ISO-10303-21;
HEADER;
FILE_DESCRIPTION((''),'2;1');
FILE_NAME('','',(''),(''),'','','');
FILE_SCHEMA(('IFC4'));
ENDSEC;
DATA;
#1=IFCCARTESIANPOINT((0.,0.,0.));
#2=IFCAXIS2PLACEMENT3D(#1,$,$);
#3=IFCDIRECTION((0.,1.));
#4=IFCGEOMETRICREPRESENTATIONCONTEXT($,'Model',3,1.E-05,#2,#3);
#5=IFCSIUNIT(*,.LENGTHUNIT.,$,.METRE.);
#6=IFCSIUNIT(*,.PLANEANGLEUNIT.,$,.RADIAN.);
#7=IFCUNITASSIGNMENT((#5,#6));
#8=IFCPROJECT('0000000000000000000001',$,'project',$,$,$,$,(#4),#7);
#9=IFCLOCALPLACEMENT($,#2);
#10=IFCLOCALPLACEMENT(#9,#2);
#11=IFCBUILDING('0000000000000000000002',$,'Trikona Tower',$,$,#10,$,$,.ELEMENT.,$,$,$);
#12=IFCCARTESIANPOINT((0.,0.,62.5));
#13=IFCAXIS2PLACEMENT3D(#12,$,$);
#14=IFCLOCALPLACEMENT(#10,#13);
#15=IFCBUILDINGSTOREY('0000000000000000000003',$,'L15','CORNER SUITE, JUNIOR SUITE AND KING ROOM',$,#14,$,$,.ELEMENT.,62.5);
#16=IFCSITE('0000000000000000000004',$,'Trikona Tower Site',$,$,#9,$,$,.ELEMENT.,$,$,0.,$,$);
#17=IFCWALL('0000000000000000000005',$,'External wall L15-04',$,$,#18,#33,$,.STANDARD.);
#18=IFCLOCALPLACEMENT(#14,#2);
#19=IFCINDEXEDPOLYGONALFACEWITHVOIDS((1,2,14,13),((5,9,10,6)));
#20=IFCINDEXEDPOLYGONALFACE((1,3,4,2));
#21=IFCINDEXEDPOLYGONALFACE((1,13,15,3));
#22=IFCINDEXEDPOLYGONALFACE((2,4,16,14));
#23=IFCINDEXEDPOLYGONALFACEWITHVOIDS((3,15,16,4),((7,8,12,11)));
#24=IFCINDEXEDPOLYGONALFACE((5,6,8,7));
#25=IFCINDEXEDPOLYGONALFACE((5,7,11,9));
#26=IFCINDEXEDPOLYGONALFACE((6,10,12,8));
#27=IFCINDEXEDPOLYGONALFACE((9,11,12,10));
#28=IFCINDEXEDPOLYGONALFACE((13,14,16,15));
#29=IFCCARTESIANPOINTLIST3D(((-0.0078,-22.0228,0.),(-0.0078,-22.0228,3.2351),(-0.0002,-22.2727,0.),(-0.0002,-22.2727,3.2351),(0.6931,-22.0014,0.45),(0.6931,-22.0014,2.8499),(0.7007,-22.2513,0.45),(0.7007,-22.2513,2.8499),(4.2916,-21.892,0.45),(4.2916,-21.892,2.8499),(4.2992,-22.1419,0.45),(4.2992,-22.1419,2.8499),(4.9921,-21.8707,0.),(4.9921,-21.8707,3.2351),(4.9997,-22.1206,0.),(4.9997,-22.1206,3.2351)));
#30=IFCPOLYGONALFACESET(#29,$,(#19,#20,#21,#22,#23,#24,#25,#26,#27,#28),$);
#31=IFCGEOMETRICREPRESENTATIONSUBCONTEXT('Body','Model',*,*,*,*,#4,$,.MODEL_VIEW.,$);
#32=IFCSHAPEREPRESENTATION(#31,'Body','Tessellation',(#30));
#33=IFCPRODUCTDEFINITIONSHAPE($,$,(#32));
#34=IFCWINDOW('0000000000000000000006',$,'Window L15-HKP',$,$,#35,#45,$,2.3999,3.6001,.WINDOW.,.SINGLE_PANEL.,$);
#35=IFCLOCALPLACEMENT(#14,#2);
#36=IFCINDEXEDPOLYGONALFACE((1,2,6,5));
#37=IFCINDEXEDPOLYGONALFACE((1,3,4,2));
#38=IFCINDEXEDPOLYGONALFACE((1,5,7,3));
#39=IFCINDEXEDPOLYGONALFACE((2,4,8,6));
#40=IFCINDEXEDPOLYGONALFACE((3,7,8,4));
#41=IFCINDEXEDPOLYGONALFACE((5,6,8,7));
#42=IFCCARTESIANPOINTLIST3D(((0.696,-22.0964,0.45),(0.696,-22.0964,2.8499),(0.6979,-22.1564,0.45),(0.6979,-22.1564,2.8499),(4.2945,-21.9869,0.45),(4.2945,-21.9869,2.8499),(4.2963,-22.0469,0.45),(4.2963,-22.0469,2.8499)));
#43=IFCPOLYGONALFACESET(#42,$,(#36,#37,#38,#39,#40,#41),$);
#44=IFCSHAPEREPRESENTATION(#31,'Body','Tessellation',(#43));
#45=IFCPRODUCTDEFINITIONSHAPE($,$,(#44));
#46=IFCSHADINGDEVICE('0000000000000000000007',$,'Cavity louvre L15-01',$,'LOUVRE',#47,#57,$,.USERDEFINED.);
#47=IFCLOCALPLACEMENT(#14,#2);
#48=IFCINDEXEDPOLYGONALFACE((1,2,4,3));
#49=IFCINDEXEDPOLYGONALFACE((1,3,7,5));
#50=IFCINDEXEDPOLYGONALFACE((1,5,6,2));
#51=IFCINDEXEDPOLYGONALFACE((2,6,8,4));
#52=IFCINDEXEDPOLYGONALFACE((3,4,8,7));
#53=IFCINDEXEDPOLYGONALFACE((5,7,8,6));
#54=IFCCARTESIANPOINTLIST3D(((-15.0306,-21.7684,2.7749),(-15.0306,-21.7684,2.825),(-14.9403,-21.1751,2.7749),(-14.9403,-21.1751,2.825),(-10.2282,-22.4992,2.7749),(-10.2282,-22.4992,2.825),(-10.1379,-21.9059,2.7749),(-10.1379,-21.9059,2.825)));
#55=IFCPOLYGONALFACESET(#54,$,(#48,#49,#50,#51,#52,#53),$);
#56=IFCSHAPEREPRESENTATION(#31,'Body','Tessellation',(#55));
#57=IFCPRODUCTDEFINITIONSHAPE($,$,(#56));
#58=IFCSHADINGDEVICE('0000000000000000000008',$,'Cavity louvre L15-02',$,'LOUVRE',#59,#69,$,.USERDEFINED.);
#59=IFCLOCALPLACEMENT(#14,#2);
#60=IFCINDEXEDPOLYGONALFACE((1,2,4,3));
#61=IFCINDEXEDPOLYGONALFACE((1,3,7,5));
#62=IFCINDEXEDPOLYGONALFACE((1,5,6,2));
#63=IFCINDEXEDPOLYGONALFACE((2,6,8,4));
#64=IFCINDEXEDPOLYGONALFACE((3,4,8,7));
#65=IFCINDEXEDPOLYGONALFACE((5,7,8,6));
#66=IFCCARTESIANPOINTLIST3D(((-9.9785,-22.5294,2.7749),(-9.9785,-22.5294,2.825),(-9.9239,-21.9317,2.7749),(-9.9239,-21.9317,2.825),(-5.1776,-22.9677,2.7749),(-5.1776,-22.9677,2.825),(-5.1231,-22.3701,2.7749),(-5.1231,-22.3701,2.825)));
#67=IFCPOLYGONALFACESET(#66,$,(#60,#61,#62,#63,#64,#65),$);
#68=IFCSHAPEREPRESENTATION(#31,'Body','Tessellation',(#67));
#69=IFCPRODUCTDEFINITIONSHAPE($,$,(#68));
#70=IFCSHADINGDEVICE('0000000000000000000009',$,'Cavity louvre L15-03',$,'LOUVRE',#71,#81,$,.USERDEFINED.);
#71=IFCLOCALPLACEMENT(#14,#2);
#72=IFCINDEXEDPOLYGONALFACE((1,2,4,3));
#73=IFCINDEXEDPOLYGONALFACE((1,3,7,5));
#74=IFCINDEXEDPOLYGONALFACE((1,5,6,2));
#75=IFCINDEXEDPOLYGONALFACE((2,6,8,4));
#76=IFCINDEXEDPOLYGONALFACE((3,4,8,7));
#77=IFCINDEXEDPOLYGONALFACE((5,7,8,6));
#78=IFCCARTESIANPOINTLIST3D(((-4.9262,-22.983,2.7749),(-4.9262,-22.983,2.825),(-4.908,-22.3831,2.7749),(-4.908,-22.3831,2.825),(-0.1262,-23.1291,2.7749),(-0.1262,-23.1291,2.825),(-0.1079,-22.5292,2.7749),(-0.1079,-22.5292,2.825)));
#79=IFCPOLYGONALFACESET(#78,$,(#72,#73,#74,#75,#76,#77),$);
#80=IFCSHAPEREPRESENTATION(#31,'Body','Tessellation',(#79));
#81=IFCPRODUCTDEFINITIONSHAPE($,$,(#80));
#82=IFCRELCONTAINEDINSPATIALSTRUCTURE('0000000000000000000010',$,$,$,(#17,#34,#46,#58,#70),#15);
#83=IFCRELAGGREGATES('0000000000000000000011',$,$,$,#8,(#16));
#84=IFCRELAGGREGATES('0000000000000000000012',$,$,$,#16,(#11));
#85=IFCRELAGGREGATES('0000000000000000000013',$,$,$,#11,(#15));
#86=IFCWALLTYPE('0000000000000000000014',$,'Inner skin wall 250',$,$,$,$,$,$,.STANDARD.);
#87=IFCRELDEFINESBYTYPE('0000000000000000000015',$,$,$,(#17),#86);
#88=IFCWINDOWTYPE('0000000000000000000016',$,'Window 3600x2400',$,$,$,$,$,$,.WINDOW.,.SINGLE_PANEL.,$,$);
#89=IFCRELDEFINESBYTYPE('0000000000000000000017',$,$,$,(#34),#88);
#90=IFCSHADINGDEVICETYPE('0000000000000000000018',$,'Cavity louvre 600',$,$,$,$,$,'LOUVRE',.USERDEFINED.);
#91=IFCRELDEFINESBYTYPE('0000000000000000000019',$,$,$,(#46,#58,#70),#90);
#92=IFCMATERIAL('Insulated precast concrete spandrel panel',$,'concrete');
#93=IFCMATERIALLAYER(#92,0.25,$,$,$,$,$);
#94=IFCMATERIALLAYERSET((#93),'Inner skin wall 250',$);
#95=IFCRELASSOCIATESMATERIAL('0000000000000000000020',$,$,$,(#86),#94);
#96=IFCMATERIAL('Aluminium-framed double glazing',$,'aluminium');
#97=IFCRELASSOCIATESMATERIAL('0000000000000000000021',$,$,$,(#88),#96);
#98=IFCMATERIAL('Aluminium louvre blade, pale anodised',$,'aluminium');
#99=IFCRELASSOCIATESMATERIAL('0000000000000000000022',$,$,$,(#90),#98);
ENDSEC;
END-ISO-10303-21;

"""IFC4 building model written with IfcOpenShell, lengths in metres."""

from ifc_helpers import new_model, si_unit, direction, frame, frame_2d, origin, origin_2d, place, context, subcontext, project, spatial, rectangle, extrude, material, layer, layer_set, type_object, element, fill, save


model = new_model("IFC4")

# Units and contexts
model_context = context("Model", 3, precision=1e-05, world=origin(), true_north=direction((0.0, 1.0)))
body_context = subcontext(model_context, "Body", "Model", "MODEL_VIEW")
ifc_project = project(units=[si_unit("LENGTHUNIT", "METRE"), si_unit("PLANEANGLEUNIT", "RADIAN")], contexts=[model_context])

# Site, building, storey
site_placement = place(None, origin())
site = spatial("IfcSite", under=ifc_project, at=site_placement, Name="Trikona Tower Site", CompositionType="ELEMENT", RefElevation=0.0)
building_placement = place(site_placement, origin())
building = spatial("IfcBuilding", under=site, at=building_placement, Name="Trikona Tower", CompositionType="ELEMENT")
storey_placement = place(building_placement, frame((0.0, 0.0, 62.5)))
storey = spatial("IfcBuildingStorey", under=building, at=storey_placement, Name="L15", Description="CORNER SUITE, JUNIOR SUITE AND KING ROOM", CompositionType="ELEMENT", Elevation=62.5)

# Wall, opening, window
ifc_material_1 = material(Name="Insulated precast concrete spandrel panel", Category="concrete")
ifc_layer_1 = layer(ifc_material_1, 0.25)
ifc_layer_set_1 = layer_set([ifc_layer_1], Name="Inner skin wall 250")
wall_type_1 = type_object("IfcWallType", Name="Inner skin wall 250", PredefinedType="STANDARD", material=ifc_layer_set_1)
ifc_material_2 = material(Name="Aluminium-framed double glazing", Category="aluminium")
window_type = type_object("IfcWindowType", Name="Window 3600x2400", PartitioningType="SINGLE_PANEL", PredefinedType="WINDOW", material=ifc_material_2)
wall_1_placement = place(storey_placement, frame((-0.0039, -22.1477, 0.0), z_axis=(0.0, 0.0, 1.0), x_axis=(0.999538, 0.030406, 0.0)))
wall_1 = element("IfcWall", 1, at=wall_1_placement, inside=storey, type_object=wall_type_1, Name="External wall L15-04", PredefinedType="STANDARD", context=body_context, shape_type="SweptSolid", body=[
    extrude(rectangle(XDim=5.0022, YDim=0.25, at=frame_2d((2.501, 0.0))), origin(), (0.0, 0.0, 1.0), 3.2351),
])
opening_1_placement = place(wall_1_placement, frame((0.7012, 0.0, 0.45)))
opening_1 = element("IfcOpeningElement", 2, at=opening_1_placement, cuts=wall_1, PredefinedType="OPENING", context=body_context, shape_type="SweptSolid", body=[
    extrude(rectangle(XDim=3.6001, YDim=2.3999, at=frame_2d((1.8, 1.2))), frame((0.0, 0.135, 0.0), z_axis=(0.0, -1.0, 0.0), x_axis=(1.0, 0.0, 0.0)), (0.0, 0.0, 1.0), 0.27),
])
window_1_placement = place(opening_1_placement, origin())
window_1 = element("IfcWindow", 3, at=window_1_placement, inside=storey, type_object=window_type, Name="Window L15-HKP", OverallHeight=2.3999, OverallWidth=3.6001, PartitioningType="SINGLE_PANEL", PredefinedType="WINDOW", context=body_context, shape_type="SweptSolid", body=[
    extrude(rectangle(XDim=3.6001, YDim=2.3999, at=frame_2d((1.8, 1.2))), frame((0.0, 0.03, 0.0), z_axis=(0.0, -1.0, 0.0), x_axis=(1.0, 0.0, 0.0)), (0.0, 0.0, 1.0), 0.0601),
])
fill(opening_1, window_1)

# Shading devices
ifc_material_3 = material(Name="Aluminium louvre blade, pale anodised", Category="aluminium")
shading_device_type = type_object("IfcShadingDeviceType", Name="Cavity louvre 600", ElementType="LOUVRE", PredefinedType="USERDEFINED", material=ifc_material_3)
shading_device_1_placement = place(storey_placement, frame((-12.5842, -21.8372, 2.7749), z_axis=(0.0, 0.0, 1.0), x_axis=(0.988618, -0.150448, 0.0)))
element("IfcShadingDevice", 4, at=shading_device_1_placement, inside=storey, type_object=shading_device_type, Name="Cavity louvre L15-01", ObjectType="LOUVRE", PredefinedType="USERDEFINED", context=body_context, shape_type="SweptSolid", body=[
    extrude(rectangle(XDim=4.8577, YDim=0.6001, at=origin_2d()), origin(), (0.0, 0.0, 1.0), 0.05),
])
shading_device_2_placement = place(storey_placement, frame((-7.5508, -22.4497, 2.7749), z_axis=(0.0, 0.0, 1.0), x_axis=(0.995858, -0.090921, 0.0)))
element("IfcShadingDevice", 5, at=shading_device_2_placement, inside=storey, type_object=shading_device_type, Name="Cavity louvre L15-02", ObjectType="LOUVRE", PredefinedType="USERDEFINED", context=body_context, shape_type="SweptSolid", body=[
    extrude(rectangle(XDim=4.8208, YDim=0.6001, at=origin_2d()), origin(), (0.0, 0.0, 1.0), 0.05),
])
shading_device_3_placement = place(storey_placement, frame((-2.5171, -22.7561, 2.7749), z_axis=(0.0, 0.0, 1.0), x_axis=(0.999537, -0.030425, 0.0)))
element("IfcShadingDevice", 6, at=shading_device_3_placement, inside=storey, type_object=shading_device_type, Name="Cavity louvre L15-03", ObjectType="LOUVRE", PredefinedType="USERDEFINED", context=body_context, shape_type="SweptSolid", body=[
    extrude(rectangle(XDim=4.8022, YDim=0.6001, at=origin_2d()), origin(), (0.0, 0.0, 1.0), 0.05),
])

save(model, "model.ifc")
